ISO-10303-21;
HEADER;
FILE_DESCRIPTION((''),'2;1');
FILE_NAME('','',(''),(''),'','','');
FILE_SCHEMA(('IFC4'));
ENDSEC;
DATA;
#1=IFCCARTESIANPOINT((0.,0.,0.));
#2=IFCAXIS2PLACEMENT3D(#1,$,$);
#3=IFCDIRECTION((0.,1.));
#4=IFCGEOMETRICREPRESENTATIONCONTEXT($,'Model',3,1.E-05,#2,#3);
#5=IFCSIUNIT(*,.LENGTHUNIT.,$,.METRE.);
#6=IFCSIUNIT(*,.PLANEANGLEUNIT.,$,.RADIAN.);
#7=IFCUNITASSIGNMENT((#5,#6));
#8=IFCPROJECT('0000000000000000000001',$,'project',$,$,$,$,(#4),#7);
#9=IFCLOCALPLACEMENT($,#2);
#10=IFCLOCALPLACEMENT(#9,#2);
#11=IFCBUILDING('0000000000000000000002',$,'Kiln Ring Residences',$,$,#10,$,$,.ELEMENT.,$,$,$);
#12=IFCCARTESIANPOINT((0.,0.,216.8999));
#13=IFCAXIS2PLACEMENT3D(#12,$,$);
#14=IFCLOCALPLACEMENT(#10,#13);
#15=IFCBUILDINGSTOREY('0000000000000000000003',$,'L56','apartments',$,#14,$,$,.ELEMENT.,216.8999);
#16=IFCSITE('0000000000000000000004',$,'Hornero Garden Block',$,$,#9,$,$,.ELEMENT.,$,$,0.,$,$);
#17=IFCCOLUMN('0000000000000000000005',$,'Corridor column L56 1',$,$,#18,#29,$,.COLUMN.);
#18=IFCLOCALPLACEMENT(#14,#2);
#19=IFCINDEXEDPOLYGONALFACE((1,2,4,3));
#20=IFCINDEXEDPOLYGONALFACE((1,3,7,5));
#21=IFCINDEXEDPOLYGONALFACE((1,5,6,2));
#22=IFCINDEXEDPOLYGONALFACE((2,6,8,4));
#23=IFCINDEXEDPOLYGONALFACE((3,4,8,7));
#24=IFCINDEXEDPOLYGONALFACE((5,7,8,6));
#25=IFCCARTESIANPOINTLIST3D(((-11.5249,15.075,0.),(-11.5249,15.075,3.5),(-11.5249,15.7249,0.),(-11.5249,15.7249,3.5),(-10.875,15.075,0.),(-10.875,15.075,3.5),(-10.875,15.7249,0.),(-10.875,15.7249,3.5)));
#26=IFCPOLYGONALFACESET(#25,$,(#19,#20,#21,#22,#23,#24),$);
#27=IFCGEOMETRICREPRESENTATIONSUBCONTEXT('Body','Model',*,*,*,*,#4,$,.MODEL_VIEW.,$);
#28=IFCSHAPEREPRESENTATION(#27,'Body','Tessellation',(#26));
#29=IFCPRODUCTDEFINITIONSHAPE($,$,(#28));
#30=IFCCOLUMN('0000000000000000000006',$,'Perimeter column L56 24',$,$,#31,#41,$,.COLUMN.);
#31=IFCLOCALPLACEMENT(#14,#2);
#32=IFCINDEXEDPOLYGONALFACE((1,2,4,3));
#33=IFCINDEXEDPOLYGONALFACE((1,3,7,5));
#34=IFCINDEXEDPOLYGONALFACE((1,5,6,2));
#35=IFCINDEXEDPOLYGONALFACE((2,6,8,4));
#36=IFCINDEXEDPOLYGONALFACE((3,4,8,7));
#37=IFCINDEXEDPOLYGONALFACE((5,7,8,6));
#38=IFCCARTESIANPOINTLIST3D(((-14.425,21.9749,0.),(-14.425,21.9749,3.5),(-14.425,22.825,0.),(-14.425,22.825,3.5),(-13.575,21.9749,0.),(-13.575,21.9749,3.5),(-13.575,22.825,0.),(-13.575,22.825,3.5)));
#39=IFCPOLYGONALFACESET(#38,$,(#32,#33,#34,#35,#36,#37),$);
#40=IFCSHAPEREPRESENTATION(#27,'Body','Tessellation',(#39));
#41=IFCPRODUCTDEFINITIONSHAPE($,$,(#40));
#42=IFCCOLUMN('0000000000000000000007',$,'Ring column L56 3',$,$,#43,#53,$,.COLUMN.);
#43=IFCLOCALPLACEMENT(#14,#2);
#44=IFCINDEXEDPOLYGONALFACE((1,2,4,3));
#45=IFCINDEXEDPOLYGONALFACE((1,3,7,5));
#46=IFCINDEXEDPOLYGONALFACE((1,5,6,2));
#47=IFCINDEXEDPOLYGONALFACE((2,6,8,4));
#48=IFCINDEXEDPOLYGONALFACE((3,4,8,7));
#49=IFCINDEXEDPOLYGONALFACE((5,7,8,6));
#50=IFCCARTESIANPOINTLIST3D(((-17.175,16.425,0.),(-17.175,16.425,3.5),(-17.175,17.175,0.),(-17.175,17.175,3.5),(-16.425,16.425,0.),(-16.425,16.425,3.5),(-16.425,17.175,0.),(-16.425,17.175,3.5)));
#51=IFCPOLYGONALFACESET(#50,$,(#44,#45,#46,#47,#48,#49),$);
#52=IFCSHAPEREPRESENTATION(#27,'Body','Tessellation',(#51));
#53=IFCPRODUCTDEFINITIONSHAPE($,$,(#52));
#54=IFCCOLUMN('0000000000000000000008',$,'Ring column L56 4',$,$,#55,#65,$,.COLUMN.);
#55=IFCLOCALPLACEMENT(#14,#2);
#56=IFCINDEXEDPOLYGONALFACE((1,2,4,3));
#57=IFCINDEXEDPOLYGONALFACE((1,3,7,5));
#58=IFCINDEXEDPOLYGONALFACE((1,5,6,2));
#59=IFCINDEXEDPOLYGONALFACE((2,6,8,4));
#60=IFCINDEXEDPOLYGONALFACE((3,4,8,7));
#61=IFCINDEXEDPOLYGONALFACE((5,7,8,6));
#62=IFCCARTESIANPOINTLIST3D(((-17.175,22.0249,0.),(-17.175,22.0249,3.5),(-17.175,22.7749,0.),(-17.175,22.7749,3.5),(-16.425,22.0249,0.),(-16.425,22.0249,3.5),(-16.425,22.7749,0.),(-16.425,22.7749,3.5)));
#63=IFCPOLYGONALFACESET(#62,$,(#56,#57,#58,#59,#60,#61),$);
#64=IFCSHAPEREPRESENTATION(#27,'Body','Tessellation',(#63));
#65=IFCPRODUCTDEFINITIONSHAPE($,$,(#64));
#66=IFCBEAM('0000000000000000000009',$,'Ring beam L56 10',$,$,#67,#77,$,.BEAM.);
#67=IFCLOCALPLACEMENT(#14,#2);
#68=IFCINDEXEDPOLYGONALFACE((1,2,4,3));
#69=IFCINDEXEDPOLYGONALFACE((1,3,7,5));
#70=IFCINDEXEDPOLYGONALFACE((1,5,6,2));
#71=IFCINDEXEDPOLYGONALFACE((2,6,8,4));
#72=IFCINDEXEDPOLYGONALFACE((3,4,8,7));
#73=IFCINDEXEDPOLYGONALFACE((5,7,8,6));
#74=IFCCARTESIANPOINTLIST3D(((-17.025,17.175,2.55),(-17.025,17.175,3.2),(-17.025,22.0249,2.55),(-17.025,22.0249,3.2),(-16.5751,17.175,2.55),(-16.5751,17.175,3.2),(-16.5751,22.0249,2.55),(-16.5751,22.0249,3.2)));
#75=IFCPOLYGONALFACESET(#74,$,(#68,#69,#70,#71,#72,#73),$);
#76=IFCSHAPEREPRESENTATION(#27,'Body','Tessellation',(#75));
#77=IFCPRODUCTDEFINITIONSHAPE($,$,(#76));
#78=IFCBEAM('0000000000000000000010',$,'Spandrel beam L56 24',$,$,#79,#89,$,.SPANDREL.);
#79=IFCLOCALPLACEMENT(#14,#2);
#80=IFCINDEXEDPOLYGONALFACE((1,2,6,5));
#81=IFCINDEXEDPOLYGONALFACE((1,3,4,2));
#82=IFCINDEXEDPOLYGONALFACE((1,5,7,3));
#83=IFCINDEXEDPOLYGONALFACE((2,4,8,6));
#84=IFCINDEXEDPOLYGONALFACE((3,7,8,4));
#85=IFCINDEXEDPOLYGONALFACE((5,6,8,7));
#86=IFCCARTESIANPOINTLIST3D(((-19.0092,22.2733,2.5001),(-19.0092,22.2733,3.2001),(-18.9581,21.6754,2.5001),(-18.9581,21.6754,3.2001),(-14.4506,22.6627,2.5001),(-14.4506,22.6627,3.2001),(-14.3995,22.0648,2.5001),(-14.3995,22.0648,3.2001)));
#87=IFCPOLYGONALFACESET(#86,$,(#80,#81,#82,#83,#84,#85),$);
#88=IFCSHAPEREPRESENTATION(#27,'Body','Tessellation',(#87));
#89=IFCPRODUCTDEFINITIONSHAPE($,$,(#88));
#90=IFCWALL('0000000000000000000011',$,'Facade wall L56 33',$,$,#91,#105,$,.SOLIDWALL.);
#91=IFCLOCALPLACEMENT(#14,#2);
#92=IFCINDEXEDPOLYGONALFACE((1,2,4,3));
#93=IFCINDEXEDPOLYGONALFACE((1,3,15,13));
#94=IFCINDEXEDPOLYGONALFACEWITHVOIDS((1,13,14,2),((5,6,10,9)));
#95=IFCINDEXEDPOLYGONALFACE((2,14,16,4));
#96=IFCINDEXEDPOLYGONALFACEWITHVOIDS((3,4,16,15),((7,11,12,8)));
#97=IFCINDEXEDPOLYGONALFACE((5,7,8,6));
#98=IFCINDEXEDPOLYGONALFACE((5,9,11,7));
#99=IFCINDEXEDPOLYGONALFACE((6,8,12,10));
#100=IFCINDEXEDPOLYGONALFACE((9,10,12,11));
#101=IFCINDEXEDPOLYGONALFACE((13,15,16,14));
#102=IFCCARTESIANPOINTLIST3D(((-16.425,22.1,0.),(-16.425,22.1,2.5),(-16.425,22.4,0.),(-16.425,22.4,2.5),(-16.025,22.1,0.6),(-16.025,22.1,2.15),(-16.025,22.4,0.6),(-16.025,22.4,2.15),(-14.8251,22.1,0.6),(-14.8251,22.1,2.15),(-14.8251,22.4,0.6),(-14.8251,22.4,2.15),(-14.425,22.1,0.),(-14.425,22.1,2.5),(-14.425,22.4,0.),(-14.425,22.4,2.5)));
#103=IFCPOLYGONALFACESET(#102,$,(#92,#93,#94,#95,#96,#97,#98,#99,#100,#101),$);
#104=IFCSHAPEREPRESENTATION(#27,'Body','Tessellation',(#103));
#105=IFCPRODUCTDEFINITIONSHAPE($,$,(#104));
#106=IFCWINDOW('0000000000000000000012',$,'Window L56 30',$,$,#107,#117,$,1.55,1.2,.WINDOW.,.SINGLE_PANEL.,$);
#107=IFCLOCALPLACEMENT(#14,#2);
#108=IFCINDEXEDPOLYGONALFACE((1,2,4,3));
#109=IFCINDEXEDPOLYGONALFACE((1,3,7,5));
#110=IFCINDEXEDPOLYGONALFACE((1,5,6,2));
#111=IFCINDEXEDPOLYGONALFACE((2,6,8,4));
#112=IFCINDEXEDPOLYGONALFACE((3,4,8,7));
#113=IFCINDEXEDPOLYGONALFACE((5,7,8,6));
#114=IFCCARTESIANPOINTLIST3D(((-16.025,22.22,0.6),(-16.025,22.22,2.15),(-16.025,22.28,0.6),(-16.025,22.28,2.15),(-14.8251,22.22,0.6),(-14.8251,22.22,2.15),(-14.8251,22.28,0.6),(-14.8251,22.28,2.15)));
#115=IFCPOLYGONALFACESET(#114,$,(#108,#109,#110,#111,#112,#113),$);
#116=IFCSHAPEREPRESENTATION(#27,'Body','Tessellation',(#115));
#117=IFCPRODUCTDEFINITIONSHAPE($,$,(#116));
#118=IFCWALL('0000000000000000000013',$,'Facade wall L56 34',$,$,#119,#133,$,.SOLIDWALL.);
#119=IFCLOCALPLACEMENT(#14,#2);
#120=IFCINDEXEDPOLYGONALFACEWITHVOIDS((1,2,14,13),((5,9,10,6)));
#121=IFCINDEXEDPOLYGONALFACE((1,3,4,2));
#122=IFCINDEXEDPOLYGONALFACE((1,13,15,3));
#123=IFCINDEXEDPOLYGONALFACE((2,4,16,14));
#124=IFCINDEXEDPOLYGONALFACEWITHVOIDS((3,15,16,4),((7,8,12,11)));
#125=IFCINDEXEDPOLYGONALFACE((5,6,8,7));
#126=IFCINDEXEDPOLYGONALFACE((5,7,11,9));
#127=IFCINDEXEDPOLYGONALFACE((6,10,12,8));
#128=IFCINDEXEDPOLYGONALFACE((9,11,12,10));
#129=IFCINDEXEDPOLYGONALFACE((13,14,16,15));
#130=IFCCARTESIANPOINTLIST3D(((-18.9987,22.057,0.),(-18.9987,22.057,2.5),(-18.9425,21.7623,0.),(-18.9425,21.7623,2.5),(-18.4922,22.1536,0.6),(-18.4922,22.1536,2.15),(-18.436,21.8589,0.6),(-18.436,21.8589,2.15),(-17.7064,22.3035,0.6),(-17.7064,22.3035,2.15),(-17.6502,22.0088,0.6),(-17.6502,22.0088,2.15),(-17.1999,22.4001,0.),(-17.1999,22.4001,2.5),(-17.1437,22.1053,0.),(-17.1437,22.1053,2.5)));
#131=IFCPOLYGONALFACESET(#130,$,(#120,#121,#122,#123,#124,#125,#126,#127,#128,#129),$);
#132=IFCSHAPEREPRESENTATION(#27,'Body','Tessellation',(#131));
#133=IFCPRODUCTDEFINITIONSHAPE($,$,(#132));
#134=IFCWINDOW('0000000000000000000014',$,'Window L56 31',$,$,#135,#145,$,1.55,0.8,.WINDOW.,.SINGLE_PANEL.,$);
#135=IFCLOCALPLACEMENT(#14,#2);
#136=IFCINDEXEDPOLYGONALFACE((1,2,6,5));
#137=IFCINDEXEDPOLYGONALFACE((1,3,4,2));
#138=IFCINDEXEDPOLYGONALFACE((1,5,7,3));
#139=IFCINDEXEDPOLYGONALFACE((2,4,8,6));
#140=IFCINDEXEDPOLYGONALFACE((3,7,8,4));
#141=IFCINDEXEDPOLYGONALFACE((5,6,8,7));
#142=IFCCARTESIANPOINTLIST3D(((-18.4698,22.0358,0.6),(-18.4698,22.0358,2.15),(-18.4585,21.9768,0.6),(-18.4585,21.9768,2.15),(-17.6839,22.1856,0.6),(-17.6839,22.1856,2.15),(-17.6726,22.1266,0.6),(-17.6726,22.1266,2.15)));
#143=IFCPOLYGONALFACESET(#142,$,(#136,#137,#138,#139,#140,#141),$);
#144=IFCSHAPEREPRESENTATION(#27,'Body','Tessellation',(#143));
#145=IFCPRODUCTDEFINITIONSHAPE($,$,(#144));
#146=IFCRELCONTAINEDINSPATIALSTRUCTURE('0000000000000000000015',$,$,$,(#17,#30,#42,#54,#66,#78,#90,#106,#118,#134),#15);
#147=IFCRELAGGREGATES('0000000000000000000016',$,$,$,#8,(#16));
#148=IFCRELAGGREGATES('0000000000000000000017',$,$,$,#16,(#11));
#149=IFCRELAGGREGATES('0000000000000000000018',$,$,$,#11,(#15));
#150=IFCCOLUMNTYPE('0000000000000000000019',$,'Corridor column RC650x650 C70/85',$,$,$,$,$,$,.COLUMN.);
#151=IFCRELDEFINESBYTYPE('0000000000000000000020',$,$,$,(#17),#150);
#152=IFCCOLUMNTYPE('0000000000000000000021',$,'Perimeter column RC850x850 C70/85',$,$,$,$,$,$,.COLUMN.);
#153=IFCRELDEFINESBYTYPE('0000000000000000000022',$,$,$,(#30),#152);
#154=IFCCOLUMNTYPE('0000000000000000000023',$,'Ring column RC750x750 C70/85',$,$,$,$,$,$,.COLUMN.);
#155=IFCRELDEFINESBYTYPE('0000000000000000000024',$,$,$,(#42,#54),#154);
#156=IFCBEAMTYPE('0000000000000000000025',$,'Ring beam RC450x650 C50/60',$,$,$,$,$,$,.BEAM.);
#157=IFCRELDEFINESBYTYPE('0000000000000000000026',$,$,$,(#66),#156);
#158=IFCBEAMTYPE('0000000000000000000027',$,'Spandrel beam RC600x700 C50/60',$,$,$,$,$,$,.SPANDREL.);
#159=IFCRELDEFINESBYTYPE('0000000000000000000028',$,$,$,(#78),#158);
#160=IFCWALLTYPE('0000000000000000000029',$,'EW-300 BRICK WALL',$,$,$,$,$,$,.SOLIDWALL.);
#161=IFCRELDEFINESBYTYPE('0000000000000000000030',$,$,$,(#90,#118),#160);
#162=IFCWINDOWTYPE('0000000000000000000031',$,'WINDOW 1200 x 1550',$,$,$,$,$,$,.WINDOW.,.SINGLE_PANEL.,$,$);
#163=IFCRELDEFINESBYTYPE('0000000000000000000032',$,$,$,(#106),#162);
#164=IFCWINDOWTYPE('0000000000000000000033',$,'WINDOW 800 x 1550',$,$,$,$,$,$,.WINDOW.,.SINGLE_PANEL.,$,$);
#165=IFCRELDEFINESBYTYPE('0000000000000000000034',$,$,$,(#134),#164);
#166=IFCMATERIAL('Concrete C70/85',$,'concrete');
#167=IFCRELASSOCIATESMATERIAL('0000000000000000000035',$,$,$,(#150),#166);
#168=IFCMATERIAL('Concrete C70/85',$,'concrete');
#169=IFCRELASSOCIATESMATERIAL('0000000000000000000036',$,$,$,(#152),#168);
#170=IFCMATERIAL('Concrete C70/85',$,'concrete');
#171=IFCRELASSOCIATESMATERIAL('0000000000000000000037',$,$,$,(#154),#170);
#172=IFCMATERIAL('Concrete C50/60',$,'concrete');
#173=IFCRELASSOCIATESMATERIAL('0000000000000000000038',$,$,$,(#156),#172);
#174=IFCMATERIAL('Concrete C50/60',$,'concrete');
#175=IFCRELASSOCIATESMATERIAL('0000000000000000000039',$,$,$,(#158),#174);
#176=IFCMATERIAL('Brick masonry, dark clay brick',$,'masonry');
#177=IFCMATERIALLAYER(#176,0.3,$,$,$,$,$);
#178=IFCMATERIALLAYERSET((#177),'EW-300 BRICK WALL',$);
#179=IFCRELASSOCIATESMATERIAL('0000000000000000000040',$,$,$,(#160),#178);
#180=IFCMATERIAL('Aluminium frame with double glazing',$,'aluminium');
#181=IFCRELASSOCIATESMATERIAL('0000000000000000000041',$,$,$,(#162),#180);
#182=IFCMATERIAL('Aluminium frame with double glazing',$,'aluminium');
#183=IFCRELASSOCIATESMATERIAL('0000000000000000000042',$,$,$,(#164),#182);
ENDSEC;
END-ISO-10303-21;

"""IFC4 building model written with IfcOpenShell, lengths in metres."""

from ifc_helpers import new_model, si_unit, direction, frame, frame_2d, origin, origin_2d, place, context, subcontext, project, spatial, rectangle, extrude, material, layer, layer_set, material_profile, profile_set, type_object, element, fill, save


model = new_model("IFC4")

# Units and contexts
model_context = context("Model", 3, precision=1e-05, world=origin(), true_north=direction((0.0, 1.0)))
body_context = subcontext(model_context, "Body", "Model", "MODEL_VIEW")
ifc_project = project(units=[si_unit("LENGTHUNIT", "METRE"), si_unit("PLANEANGLEUNIT", "RADIAN")], contexts=[model_context])

# Site, building, storey
site_placement = place(None, origin())
site = spatial("IfcSite", under=ifc_project, at=site_placement, Name="Hornero Garden Block", CompositionType="ELEMENT", RefElevation=0.0)
building_placement = place(site_placement, origin())
building = spatial("IfcBuilding", under=site, at=building_placement, Name="Kiln Ring Residences", CompositionType="ELEMENT")
storey_placement = place(building_placement, frame((0.0, 0.0, 216.8999)))
storey = spatial("IfcBuildingStorey", under=building, at=storey_placement, Name="L56", Description="apartments", CompositionType="ELEMENT", Elevation=216.8999)

# Columns
ifc_material_1 = material(Name="Concrete C70/85", Category="concrete")
ifc_material_profile_1 = material_profile(ifc_material_1, rectangle(XDim=0.6499, YDim=0.6499, at=origin_2d()), Name="RC650x650")
ifc_profile_set_1 = profile_set([ifc_material_profile_1], Name="Concrete C70/85")
column_type_1 = type_object("IfcColumnType", Name="Corridor column RC650x650 C70/85", PredefinedType="COLUMN", material=ifc_profile_set_1)
column_1_placement = place(storey_placement, frame((-11.2, 15.3999, 0.0), z_axis=(0.0, 0.0, 1.0), x_axis=(1.0, 0.0, 0.0)))
element("IfcColumn", 1, at=column_1_placement, inside=storey, type_object=column_type_1, Name="Corridor column L56 1", PredefinedType="COLUMN", context=body_context, shape_type="SweptSolid", body=[
    extrude(rectangle(XDim=0.6499, YDim=0.6499, at=origin_2d()), origin(), (0.0, 0.0, 1.0), 3.5),
])
ifc_material_2 = material(Name="Concrete C70/85", Category="concrete")
ifc_material_profile_2 = material_profile(ifc_material_2, rectangle(XDim=0.8501, YDim=0.8501, at=origin_2d()), Name="RC850x850")
ifc_profile_set_2 = profile_set([ifc_material_profile_2], Name="Concrete C70/85")
column_type_2 = type_object("IfcColumnType", Name="Perimeter column RC850x850 C70/85", PredefinedType="COLUMN", material=ifc_profile_set_2)
column_2_placement = place(storey_placement, frame((-14.0, 22.3999, 0.0), z_axis=(0.0, 0.0, 1.0), x_axis=(1.0, 0.0, 0.0)))
element("IfcColumn", 2, at=column_2_placement, inside=storey, type_object=column_type_2, Name="Perimeter column L56 24", PredefinedType="COLUMN", context=body_context, shape_type="SweptSolid", body=[
    extrude(rectangle(XDim=0.8501, YDim=0.8501, at=origin_2d()), origin(), (0.0, 0.0, 1.0), 3.5),
])
ifc_material_3 = material(Name="Concrete C70/85", Category="concrete")
ifc_material_profile_3 = material_profile(ifc_material_3, rectangle(XDim=0.75, YDim=0.75, at=origin_2d()), Name="RC750x750")
ifc_profile_set_3 = profile_set([ifc_material_profile_3], Name="Concrete C70/85")
column_type_3 = type_object("IfcColumnType", Name="Ring column RC750x750 C70/85", PredefinedType="COLUMN", material=ifc_profile_set_3)
for number, where, z_axis, x_axis, name in (
    (3, (-16.8, 16.8, 0.0), (0.0, 0.0, 1.0), (1.0, 0.0, 0.0), "Ring column L56 3"),
    (4, (-16.8, 22.3999, 0.0), (0.0, 0.0, 1.0), (1.0, 0.0, 0.0), "Ring column L56 4"),
):
    element("IfcColumn", number, at=place(storey_placement, frame(where, z_axis=z_axis, x_axis=x_axis)), inside=storey, type_object=column_type_3, Name=name, PredefinedType="COLUMN", context=body_context, shape_type="SweptSolid", body=[
        extrude(rectangle(XDim=0.75, YDim=0.75, at=origin_2d()), origin(), (0.0, 0.0, 1.0), 3.5),
    ])

# Beams
ifc_material_4 = material(Name="Concrete C50/60", Category="concrete")
ifc_material_profile_4 = material_profile(ifc_material_4, rectangle(XDim=0.45, YDim=0.6499, at=origin_2d()), Name="RC450x650")
ifc_profile_set_4 = profile_set([ifc_material_profile_4], Name="Concrete C50/60")
beam_type_1 = type_object("IfcBeamType", Name="Ring beam RC450x650 C50/60", PredefinedType="BEAM", material=ifc_profile_set_4)
beam_1_placement = place(storey_placement, frame((-16.8, 17.175, 2.875), z_axis=(0.0, 1.0, 0.0), x_axis=(-1.0, 0.0, 0.0)))
element("IfcBeam", 5, at=beam_1_placement, inside=storey, type_object=beam_type_1, Name="Ring beam L56 10", PredefinedType="BEAM", context=body_context, shape_type="SweptSolid", body=[
    extrude(rectangle(XDim=0.45, YDim=0.6499, at=origin_2d()), origin(), (0.0, 0.0, 1.0), 4.8499),
])
ifc_material_5 = material(Name="Concrete C50/60", Category="concrete")
ifc_material_profile_5 = material_profile(ifc_material_5, rectangle(XDim=0.6001, YDim=0.7, at=origin_2d()), Name="RC600x700")
ifc_profile_set_5 = profile_set([ifc_material_profile_5], Name="Concrete C50/60")
beam_type_2 = type_object("IfcBeamType", Name="Spandrel beam RC600x700 C50/60", PredefinedType="SPANDREL", material=ifc_profile_set_5)
beam_2_placement = place(storey_placement, frame((-14.425, 22.3638, 2.8501), z_axis=(-0.996371, -0.085112, 0.0), x_axis=(0.085112, -0.996371, 0.0)))
element("IfcBeam", 6, at=beam_2_placement, inside=storey, type_object=beam_type_2, Name="Spandrel beam L56 24", PredefinedType="SPANDREL", context=body_context, shape_type="SweptSolid", body=[
    extrude(rectangle(XDim=0.6001, YDim=0.7, at=origin_2d()), origin(), (0.0, 0.0, 1.0), 4.5752),
])

# Walls, openings, windows
ifc_material_6 = material(Name="Brick masonry, dark clay brick", Category="masonry")
ifc_layer_1 = layer(ifc_material_6, 0.3)
ifc_layer_set_1 = layer_set([ifc_layer_1], Name="EW-300 BRICK WALL")
wall_type_1 = type_object("IfcWallType", Name="EW-300 BRICK WALL", PredefinedType="SOLIDWALL", material=ifc_layer_set_1)
wall_1_placement = place(storey_placement, frame((-14.425, 22.25, 0.0), z_axis=(0.0, 0.0, 1.0), x_axis=(-1.0, 0.0, 0.0)))
wall_1 = element("IfcWall", 7, at=wall_1_placement, inside=storey, type_object=wall_type_1, Name="Facade wall L56 33", PredefinedType="SOLIDWALL", context=body_context, shape_type="SweptSolid", body=[
    extrude(rectangle(XDim=2.0, YDim=0.3, at=frame_2d((1.0, 0.0))), origin(), (0.0, 0.0, 1.0), 2.5),
])
opening_1_placement = place(wall_1_placement, frame((0.3999, 0.0, 0.6001)))
opening_1 = element("IfcOpeningElement", 8, at=opening_1_placement, cuts=wall_1, PredefinedType="OPENING", context=body_context, shape_type="SweptSolid", body=[
    extrude(rectangle(XDim=1.2, YDim=1.55, at=frame_2d((0.6001, 0.7749))), frame((0.0, 0.1599, 0.0), z_axis=(0.0, -1.0, 0.0), x_axis=(1.0, 0.0, 0.0)), (0.0, 0.0, 1.0), 0.3201),
])
ifc_material_7 = material(Name="Aluminium frame with double glazing", Category="aluminium")
window_type_1 = type_object("IfcWindowType", Name="WINDOW 1200 x 1550", PartitioningType="SINGLE_PANEL", PredefinedType="WINDOW", material=ifc_material_7)
window_1_placement = place(opening_1_placement, origin())
window_1 = element("IfcWindow", 9, at=window_1_placement, inside=storey, type_object=window_type_1, Name="Window L56 30", OverallHeight=1.55, OverallWidth=1.2, PartitioningType="SINGLE_PANEL", PredefinedType="WINDOW", context=body_context, shape_type="SweptSolid", body=[
    extrude(rectangle(XDim=1.2, YDim=1.55, at=frame_2d((0.6001, 0.7749))), frame((0.0, 0.03, 0.0), z_axis=(0.0, -1.0, 0.0), x_axis=(1.0, 0.0, 0.0)), (0.0, 0.0, 1.0), 0.0601),
])
fill(opening_1, window_1)
wall_2_placement = place(storey_placement, frame((-17.1719, 22.2527, 0.0), z_axis=(0.0, 0.0, 1.0), x_axis=(-0.9823, -0.187314, 0.0)))
wall_2 = element("IfcWall", 10, at=wall_2_placement, inside=storey, type_object=wall_type_1, Name="Facade wall L56 34", PredefinedType="SOLIDWALL", context=body_context, shape_type="SweptSolid", body=[
    extrude(rectangle(XDim=1.8313, YDim=0.3, at=frame_2d((0.9155, 0.0))), origin(), (0.0, 0.0, 1.0), 2.5),
])
opening_2_placement = place(wall_2_placement, frame((0.5156, 0.0, 0.6001)))
opening_2 = element("IfcOpeningElement", 11, at=opening_2_placement, cuts=wall_2, PredefinedType="OPENING", context=body_context, shape_type="SweptSolid", body=[
    extrude(rectangle(XDim=0.8, YDim=1.55, at=frame_2d((0.3999, 0.7749))), frame((0.0, 0.1599, 0.0), z_axis=(0.0, -1.0, 0.0), x_axis=(1.0, 0.0, 0.0)), (0.0, 0.0, 1.0), 0.3201),
])
ifc_material_8 = material(Name="Aluminium frame with double glazing", Category="aluminium")
window_type_2 = type_object("IfcWindowType", Name="WINDOW 800 x 1550", PartitioningType="SINGLE_PANEL", PredefinedType="WINDOW", material=ifc_material_8)
window_2_placement = place(opening_2_placement, origin())
window_2 = element("IfcWindow", 12, at=window_2_placement, inside=storey, type_object=window_type_2, Name="Window L56 31", OverallHeight=1.55, OverallWidth=0.8, PartitioningType="SINGLE_PANEL", PredefinedType="WINDOW", context=body_context, shape_type="SweptSolid", body=[
    extrude(rectangle(XDim=0.8, YDim=1.55, at=frame_2d((0.3999, 0.7749))), frame((0.0, 0.03, 0.0), z_axis=(0.0, -1.0, 0.0), x_axis=(1.0, 0.0, 0.0)), (0.0, 0.0, 1.0), 0.0601),
])
fill(opening_2, window_2)

save(model, "model.ifc")
